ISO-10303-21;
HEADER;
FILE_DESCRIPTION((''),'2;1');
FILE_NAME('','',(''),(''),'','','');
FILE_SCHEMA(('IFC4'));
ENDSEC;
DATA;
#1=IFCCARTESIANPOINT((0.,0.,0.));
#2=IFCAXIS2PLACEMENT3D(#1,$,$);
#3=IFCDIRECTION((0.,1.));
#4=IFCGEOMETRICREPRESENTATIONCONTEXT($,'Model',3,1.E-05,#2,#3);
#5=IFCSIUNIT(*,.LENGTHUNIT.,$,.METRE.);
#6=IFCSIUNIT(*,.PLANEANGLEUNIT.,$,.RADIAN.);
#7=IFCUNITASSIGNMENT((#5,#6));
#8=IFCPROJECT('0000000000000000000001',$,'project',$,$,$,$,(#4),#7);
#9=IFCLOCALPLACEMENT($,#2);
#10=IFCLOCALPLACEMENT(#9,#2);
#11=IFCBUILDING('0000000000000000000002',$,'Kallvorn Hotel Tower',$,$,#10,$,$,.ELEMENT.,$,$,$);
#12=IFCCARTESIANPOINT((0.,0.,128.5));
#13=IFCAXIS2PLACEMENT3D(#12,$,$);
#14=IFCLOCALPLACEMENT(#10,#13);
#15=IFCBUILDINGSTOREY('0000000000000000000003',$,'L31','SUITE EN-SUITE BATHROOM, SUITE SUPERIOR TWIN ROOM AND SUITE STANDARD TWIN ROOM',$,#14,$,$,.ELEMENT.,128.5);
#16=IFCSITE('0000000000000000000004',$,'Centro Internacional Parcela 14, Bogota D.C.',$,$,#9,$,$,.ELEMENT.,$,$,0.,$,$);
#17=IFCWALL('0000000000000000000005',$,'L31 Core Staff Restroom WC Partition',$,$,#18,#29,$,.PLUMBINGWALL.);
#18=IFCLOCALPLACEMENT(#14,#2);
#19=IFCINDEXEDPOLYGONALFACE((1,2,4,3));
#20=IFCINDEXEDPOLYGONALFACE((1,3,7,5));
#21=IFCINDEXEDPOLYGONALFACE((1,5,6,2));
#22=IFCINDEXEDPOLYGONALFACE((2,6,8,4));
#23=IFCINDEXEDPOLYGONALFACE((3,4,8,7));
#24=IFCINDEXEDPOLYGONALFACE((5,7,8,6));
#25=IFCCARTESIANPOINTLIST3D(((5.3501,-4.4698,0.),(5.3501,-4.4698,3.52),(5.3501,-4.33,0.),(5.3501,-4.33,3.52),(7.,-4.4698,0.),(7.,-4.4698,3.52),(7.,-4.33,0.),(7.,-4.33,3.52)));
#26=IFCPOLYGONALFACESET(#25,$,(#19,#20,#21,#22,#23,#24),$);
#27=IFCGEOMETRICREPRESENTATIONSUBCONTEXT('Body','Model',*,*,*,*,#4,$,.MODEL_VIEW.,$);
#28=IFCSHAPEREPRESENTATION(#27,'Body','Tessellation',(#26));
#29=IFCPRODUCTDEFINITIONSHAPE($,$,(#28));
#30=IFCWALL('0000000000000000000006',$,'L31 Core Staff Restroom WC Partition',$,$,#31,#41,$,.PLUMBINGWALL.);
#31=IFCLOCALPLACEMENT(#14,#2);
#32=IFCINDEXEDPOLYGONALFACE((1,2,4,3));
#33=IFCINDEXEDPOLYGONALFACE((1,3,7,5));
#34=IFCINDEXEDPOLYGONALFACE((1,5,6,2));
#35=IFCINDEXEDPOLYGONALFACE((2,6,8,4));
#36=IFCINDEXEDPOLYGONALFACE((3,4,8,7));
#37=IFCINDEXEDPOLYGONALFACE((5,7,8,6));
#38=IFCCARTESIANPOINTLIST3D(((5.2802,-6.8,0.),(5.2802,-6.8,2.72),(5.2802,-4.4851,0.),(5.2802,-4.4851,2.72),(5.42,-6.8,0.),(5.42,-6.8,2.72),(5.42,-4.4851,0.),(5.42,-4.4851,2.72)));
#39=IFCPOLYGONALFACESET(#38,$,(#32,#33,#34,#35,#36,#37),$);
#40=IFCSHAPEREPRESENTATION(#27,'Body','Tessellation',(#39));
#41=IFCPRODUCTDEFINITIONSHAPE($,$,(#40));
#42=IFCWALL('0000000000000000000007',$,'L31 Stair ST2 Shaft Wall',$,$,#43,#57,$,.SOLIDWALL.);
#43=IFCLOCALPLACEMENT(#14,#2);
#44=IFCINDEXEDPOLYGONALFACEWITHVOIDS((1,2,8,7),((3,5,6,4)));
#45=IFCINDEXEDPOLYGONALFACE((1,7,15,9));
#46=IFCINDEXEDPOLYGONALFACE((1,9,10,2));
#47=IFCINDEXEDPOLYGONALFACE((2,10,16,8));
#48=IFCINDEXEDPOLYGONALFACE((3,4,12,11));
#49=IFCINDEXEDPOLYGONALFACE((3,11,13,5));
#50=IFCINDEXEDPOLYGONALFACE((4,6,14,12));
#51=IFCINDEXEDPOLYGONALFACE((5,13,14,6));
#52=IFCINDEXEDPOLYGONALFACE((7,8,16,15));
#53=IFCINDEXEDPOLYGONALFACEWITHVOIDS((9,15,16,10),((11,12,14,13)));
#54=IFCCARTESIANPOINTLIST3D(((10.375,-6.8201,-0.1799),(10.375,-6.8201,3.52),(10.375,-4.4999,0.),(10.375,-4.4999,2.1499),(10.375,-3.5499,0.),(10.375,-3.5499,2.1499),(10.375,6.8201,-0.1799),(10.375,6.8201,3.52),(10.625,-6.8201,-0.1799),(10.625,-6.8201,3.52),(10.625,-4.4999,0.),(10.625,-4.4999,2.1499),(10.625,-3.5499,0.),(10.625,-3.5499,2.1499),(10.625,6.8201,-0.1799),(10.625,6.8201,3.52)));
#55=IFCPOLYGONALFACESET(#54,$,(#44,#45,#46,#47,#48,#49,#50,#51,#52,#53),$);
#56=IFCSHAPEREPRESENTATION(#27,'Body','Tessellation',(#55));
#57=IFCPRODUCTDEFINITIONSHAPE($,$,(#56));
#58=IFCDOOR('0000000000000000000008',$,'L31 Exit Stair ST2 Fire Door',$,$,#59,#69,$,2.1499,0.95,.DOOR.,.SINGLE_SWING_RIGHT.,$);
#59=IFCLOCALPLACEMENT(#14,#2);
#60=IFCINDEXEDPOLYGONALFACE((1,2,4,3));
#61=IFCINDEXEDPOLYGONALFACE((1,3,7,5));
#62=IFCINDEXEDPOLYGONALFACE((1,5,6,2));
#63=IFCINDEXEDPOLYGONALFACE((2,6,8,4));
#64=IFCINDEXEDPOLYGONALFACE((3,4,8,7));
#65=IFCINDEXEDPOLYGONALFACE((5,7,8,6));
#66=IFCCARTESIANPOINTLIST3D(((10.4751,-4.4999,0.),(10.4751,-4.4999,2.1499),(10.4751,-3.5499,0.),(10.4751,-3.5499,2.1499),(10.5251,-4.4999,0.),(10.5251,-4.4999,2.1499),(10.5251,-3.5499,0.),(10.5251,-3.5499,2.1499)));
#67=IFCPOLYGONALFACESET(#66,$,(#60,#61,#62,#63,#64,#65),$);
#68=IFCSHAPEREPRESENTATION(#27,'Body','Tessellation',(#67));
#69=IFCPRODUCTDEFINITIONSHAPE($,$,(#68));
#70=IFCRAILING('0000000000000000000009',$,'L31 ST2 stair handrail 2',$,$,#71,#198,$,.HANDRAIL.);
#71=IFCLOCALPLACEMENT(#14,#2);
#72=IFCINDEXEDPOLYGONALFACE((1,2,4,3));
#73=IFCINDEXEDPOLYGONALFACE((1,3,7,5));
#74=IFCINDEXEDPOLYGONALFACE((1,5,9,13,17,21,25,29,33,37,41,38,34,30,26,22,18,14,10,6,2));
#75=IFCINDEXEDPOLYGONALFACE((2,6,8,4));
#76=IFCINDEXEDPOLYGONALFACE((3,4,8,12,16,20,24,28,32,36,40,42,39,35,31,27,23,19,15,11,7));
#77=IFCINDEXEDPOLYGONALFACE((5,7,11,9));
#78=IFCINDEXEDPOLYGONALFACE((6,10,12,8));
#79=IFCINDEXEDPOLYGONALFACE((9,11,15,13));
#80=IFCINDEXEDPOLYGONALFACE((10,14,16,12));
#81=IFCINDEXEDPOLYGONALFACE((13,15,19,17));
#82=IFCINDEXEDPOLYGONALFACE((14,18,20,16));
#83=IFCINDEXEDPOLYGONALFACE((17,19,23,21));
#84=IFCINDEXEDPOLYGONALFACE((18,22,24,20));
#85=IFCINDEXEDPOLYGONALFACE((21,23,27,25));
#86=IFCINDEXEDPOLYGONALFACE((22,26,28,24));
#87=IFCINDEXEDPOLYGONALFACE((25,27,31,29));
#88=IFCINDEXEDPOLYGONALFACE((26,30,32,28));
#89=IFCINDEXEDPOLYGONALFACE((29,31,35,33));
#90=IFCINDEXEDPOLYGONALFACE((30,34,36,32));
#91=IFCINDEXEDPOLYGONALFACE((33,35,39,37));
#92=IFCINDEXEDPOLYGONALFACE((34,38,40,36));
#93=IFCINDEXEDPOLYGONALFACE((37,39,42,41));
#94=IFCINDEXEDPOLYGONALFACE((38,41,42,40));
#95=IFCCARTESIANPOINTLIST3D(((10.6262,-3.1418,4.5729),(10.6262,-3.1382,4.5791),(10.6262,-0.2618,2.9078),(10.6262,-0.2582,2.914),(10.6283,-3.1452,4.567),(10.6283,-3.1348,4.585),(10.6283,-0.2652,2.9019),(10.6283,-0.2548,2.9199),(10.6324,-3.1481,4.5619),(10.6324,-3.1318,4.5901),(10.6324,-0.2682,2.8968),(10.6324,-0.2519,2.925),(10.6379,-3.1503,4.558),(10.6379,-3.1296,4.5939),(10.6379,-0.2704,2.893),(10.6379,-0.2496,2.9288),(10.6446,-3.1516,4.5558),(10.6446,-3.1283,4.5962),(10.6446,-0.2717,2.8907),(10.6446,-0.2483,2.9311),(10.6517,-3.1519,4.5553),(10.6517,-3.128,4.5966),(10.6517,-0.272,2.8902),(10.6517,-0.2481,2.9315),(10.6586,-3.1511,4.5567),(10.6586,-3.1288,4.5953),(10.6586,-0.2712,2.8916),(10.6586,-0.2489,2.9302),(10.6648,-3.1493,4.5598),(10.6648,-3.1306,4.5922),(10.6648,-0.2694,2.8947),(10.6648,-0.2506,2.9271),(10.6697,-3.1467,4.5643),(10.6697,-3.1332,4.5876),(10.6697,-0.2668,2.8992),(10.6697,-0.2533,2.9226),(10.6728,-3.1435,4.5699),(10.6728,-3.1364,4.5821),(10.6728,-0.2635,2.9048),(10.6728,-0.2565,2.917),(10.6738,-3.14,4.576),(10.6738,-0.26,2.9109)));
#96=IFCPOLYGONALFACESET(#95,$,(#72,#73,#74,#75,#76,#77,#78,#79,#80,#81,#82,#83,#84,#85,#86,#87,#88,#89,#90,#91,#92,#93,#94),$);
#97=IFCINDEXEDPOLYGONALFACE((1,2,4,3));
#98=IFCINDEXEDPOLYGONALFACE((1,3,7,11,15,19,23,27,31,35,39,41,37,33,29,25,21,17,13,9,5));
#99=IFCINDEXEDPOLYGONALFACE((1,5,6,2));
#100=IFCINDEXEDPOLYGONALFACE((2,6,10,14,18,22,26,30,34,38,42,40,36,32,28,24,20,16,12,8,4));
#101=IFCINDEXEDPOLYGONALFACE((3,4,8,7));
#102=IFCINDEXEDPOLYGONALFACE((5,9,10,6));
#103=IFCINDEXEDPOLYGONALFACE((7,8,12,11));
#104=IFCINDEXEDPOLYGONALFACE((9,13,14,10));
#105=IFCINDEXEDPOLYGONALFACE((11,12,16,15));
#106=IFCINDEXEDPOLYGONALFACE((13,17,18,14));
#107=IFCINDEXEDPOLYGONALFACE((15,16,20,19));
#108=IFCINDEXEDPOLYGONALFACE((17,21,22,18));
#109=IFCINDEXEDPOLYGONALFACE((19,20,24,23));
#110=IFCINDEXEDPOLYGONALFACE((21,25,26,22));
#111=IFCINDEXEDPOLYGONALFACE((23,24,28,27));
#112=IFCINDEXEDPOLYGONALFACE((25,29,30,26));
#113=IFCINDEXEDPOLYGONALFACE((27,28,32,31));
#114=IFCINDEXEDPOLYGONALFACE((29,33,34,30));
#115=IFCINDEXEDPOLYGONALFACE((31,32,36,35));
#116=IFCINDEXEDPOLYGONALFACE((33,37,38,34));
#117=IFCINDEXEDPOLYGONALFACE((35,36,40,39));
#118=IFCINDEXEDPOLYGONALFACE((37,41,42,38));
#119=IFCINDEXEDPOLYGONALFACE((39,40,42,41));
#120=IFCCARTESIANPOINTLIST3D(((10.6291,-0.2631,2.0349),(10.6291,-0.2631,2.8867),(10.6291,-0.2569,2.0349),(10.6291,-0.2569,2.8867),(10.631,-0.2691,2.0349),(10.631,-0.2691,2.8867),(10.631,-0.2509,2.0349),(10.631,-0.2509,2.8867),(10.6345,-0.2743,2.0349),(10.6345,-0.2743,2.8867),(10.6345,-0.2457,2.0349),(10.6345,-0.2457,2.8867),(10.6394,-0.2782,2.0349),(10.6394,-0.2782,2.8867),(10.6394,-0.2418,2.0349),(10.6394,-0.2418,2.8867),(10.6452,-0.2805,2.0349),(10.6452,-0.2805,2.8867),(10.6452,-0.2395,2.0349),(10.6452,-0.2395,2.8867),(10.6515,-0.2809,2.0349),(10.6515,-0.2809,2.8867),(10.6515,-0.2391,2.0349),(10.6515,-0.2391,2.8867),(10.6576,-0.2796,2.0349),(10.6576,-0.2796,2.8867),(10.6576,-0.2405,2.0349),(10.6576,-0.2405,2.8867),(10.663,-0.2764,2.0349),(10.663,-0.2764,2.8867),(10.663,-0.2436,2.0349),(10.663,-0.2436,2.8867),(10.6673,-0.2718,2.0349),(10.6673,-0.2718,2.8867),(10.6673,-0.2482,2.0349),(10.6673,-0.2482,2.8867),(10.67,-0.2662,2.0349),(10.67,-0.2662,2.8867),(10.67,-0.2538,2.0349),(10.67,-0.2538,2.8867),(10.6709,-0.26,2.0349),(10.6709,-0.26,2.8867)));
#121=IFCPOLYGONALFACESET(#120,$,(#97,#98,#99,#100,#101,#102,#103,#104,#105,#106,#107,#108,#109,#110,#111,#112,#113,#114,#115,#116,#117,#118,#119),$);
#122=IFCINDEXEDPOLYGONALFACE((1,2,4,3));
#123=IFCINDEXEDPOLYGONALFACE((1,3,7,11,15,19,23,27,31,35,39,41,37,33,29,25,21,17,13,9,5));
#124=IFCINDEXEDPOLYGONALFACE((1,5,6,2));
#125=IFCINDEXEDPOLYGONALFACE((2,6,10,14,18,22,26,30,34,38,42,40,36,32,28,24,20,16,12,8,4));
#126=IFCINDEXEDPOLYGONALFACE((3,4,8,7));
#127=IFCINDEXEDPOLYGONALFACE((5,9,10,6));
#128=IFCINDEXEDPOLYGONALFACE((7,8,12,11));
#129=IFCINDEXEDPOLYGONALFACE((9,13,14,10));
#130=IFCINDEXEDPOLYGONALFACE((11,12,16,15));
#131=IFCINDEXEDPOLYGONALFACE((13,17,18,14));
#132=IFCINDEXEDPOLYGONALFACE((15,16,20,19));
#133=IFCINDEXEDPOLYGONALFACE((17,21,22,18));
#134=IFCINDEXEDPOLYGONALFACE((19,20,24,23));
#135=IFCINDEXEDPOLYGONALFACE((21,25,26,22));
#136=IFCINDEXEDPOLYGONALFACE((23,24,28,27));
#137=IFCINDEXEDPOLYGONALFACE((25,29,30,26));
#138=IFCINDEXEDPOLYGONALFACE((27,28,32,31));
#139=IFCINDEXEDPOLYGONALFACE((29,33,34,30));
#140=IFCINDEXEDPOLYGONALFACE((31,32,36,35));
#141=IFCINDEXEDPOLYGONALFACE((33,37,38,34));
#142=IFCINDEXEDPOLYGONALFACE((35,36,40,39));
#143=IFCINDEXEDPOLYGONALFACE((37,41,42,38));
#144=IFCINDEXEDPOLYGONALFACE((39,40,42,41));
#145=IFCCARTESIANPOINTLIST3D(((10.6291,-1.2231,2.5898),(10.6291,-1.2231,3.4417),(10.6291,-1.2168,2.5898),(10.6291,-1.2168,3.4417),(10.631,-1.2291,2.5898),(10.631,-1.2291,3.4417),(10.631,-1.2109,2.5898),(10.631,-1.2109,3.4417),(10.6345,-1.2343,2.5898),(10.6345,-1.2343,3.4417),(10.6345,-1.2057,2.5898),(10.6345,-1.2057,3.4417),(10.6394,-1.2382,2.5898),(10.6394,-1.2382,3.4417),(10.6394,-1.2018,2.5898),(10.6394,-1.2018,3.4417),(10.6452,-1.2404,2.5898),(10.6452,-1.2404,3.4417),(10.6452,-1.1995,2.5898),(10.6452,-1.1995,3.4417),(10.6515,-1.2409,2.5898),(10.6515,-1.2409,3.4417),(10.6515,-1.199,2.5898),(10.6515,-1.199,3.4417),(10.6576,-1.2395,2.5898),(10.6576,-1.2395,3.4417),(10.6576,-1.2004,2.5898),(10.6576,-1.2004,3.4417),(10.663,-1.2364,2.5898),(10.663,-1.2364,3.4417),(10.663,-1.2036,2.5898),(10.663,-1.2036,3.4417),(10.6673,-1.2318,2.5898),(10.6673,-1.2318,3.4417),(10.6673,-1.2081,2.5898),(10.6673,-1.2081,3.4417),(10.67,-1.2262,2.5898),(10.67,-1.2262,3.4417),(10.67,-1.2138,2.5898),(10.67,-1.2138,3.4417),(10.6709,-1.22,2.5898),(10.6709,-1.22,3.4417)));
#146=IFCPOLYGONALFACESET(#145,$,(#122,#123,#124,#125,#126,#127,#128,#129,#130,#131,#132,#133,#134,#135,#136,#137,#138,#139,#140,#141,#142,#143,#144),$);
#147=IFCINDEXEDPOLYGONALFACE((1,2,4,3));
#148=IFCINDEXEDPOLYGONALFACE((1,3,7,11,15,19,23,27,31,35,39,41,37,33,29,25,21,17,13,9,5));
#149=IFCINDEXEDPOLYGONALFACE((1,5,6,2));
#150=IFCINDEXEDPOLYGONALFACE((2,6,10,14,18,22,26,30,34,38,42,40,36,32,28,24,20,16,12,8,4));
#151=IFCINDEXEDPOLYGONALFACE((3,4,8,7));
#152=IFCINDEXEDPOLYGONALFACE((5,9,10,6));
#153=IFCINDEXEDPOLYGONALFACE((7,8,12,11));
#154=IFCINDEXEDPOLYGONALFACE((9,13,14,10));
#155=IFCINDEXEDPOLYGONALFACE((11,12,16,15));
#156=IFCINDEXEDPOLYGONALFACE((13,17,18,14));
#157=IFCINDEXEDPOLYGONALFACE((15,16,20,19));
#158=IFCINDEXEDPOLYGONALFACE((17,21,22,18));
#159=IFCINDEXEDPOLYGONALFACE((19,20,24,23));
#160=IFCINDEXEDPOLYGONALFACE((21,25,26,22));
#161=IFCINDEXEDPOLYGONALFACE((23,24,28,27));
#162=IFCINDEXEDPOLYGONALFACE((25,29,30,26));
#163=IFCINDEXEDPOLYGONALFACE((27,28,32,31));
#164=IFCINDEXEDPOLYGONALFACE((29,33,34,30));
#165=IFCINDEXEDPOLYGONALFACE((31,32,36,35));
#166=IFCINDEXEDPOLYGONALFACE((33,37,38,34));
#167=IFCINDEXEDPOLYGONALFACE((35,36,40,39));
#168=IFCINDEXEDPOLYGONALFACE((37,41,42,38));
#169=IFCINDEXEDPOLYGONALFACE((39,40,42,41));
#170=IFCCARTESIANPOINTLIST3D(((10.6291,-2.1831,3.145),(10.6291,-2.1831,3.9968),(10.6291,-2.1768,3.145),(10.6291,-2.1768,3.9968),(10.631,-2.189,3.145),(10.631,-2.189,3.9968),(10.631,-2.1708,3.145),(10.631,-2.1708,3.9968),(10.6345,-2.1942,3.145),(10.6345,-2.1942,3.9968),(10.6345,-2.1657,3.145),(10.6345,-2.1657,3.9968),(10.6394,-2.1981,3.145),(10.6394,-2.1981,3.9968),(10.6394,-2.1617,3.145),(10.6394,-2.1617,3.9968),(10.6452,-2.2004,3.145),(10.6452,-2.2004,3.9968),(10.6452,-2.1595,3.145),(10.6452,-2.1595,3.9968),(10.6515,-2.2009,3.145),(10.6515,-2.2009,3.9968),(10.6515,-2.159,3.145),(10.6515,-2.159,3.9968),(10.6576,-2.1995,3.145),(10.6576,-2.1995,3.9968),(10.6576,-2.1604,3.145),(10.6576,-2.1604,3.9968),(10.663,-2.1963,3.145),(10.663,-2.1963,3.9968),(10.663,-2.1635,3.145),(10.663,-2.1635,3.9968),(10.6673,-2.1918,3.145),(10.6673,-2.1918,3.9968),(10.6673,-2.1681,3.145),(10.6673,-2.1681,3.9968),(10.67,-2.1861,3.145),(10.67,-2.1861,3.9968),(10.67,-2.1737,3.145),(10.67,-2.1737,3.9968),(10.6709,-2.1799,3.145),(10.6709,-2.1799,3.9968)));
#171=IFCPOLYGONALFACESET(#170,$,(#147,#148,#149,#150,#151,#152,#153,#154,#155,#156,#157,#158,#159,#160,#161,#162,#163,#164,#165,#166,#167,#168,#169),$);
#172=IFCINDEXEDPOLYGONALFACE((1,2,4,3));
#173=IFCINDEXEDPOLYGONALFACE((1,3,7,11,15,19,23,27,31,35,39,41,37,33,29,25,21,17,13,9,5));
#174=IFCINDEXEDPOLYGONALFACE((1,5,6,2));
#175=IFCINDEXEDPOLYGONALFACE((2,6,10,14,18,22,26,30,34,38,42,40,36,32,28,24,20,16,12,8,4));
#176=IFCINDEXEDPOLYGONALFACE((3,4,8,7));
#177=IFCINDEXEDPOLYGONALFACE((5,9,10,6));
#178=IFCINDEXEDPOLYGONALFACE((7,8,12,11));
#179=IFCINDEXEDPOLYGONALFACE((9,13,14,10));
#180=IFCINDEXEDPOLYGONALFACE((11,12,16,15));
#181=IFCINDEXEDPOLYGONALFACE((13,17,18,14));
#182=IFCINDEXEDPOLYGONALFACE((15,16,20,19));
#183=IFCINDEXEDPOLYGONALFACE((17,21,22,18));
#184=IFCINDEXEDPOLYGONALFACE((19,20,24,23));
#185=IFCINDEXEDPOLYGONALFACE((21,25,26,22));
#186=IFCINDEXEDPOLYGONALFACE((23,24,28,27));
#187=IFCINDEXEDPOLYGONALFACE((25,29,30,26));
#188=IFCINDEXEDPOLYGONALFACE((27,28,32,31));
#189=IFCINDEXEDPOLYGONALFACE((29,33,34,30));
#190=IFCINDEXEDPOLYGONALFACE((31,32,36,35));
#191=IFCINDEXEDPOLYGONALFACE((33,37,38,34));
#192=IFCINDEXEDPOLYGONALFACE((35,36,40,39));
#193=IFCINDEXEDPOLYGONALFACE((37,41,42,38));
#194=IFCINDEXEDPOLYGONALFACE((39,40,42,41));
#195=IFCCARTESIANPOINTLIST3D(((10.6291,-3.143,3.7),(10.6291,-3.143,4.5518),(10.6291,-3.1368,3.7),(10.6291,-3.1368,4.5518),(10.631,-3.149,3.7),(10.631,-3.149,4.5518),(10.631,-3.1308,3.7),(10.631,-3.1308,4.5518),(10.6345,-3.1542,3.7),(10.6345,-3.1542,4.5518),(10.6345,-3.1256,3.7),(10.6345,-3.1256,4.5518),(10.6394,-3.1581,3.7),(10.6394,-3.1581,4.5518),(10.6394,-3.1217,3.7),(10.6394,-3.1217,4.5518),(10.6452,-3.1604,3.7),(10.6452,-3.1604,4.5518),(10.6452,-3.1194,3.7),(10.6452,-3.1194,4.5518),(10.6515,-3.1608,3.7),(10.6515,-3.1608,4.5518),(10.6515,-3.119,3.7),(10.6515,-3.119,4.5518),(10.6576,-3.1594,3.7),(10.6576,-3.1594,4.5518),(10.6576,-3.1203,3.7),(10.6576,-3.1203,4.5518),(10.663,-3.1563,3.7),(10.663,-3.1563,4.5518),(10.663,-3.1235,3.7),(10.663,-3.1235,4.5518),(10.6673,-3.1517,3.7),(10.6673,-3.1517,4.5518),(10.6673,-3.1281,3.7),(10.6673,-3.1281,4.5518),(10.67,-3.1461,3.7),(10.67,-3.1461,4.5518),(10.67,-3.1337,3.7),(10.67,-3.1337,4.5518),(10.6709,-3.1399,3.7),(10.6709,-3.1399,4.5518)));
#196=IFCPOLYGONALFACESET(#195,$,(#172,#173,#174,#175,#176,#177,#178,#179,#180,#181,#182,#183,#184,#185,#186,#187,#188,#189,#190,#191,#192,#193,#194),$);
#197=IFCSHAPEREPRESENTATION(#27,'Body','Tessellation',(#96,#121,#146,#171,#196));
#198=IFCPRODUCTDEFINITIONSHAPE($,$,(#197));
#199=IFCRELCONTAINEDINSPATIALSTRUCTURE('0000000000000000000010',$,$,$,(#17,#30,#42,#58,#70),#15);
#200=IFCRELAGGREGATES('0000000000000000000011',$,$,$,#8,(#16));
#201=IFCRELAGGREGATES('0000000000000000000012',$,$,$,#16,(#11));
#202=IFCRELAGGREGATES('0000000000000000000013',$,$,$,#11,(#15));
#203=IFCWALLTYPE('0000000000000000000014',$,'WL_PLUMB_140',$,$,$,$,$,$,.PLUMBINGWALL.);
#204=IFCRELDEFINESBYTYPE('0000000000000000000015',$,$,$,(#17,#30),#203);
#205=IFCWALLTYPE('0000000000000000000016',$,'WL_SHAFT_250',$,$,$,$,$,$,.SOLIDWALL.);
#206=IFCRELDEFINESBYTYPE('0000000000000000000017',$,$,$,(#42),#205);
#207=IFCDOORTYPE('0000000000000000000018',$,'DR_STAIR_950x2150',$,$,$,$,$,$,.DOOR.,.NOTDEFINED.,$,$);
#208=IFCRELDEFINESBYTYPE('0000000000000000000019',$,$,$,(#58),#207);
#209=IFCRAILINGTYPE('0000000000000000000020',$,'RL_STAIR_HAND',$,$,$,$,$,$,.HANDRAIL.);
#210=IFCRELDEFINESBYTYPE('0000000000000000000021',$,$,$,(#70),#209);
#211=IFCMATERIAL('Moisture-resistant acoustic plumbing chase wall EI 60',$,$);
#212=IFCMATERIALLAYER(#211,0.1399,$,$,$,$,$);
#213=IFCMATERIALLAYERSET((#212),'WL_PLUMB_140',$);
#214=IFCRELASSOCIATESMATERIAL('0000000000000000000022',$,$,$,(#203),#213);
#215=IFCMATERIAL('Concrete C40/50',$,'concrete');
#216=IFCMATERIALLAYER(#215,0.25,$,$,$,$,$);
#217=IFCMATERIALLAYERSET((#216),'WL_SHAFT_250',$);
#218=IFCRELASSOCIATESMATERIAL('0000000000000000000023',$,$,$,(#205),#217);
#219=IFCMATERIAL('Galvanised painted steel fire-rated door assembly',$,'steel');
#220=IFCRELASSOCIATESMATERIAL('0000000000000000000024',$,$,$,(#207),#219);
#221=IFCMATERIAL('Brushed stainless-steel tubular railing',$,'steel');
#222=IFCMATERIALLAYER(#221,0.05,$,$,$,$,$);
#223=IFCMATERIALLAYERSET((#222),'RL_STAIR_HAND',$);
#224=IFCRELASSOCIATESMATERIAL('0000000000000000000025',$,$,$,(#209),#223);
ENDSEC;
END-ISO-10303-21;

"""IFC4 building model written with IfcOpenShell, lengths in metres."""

from ifc_helpers import new_model, si_unit, direction, frame, frame_2d, origin, origin_2d, place, context, subcontext, project, spatial, rectangle, circle, extrude, material, layer, layer_set, type_object, element, fill, save


model = new_model("IFC4")

# Units and contexts
model_context = context("Model", 3, precision=1e-05, world=origin(), true_north=direction((0.0, 1.0)))
body_context = subcontext(model_context, "Body", "Model", "MODEL_VIEW")
ifc_project = project(units=[si_unit("LENGTHUNIT", "METRE"), si_unit("PLANEANGLEUNIT", "RADIAN")], contexts=[model_context])

# Site, building, storey
site_placement = place(None, origin())
site = spatial("IfcSite", under=ifc_project, at=site_placement, Name="Centro Internacional Parcela 14, Bogota D.C.", CompositionType="ELEMENT", RefElevation=0.0)
building_placement = place(site_placement, origin())
building = spatial("IfcBuilding", under=site, at=building_placement, Name="Kallvorn Hotel Tower", CompositionType="ELEMENT")
storey_placement = place(building_placement, frame((0.0, 0.0, 128.5)))
storey = spatial("IfcBuildingStorey", under=building, at=storey_placement, Name="L31", Description="SUITE EN-SUITE BATHROOM, SUITE SUPERIOR TWIN ROOM AND SUITE STANDARD TWIN ROOM", CompositionType="ELEMENT", Elevation=128.5)

# Walls
ifc_material_1 = material(Name="Moisture-resistant acoustic plumbing chase wall EI 60")
ifc_layer_1 = layer(ifc_material_1, 0.1399)
ifc_layer_set_1 = layer_set([ifc_layer_1], Name="WL_PLUMB_140")
wall_type_1 = type_object("IfcWallType", Name="WL_PLUMB_140", PredefinedType="PLUMBINGWALL", material=ifc_layer_set_1)
wall_1_placement = place(storey_placement, frame((5.3501, -4.3999, 0.0), z_axis=(0.0, 0.0, 1.0), x_axis=(1.0, 0.0, 0.0)))
element("IfcWall", 1, at=wall_1_placement, inside=storey, type_object=wall_type_1, Name="L31 Core Staff Restroom WC Partition", PredefinedType="PLUMBINGWALL", context=body_context, shape_type="SweptSolid", body=[
    extrude(rectangle(XDim=1.6499, YDim=0.1399, at=frame_2d((0.825, 0.0))), origin(), (0.0, 0.0, 1.0), 3.52),
])
wall_2_placement = place(storey_placement, frame((5.3501, -6.8, 0.0), z_axis=(0.0, 0.0, 1.0), x_axis=(0.0, 1.0, 0.0)))
element("IfcWall", 2, at=wall_2_placement, inside=storey, type_object=wall_type_1, Name="L31 Core Staff Restroom WC Partition", PredefinedType="PLUMBINGWALL", context=body_context, shape_type="SweptSolid", body=[
    extrude(rectangle(XDim=2.3149, YDim=0.1399, at=frame_2d((1.1575, 0.0))), origin(), (0.0, 0.0, 1.0), 2.72),
])

# Wall, opening, door
ifc_material_2 = material(Name="Concrete C40/50", Category="concrete")
ifc_layer_2 = layer(ifc_material_2, 0.25)
ifc_layer_set_2 = layer_set([ifc_layer_2], Name="WL_SHAFT_250")
wall_type_2 = type_object("IfcWallType", Name="WL_SHAFT_250", PredefinedType="SOLIDWALL", material=ifc_layer_set_2)
wall_3_placement = place(storey_placement, frame((10.5, -6.8201, -0.1799), z_axis=(0.0, 0.0, 1.0), x_axis=(0.0, 1.0, 0.0)))
wall_3 = element("IfcWall", 3, at=wall_3_placement, inside=storey, type_object=wall_type_2, Name="L31 Stair ST2 Shaft Wall", PredefinedType="SOLIDWALL", context=body_context, shape_type="SweptSolid", body=[
    extrude(rectangle(XDim=13.6401, YDim=0.25, at=frame_2d((6.8201, 0.0))), origin(), (0.0, 0.0, 1.0), 3.7),
])
opening_1_placement = place(wall_3_placement, frame((2.3201, 0.0, 0.1799)))
opening_1 = element("IfcOpeningElement", 4, at=opening_1_placement, cuts=wall_3, PredefinedType="OPENING", context=body_context, shape_type="SweptSolid", body=[
    extrude(rectangle(XDim=0.95, YDim=2.1499, at=frame_2d((0.4751, 1.075))), frame((0.0, 0.1399, 0.0), z_axis=(0.0, -1.0, 0.0), x_axis=(1.0, 0.0, 0.0)), (0.0, 0.0, 1.0), 0.28),
])
ifc_material_3 = material(Name="Galvanised painted steel fire-rated door assembly", Category="steel")
door_type_1 = type_object("IfcDoorType", Name="DR_STAIR_950x2150", OperationType="NOTDEFINED", PredefinedType="DOOR", material=ifc_material_3)
door_1_placement = place(opening_1_placement, origin())
door_1 = element("IfcDoor", 5, at=door_1_placement, inside=storey, type_object=door_type_1, Name="L31 Exit Stair ST2 Fire Door", OperationType="SINGLE_SWING_RIGHT", OverallHeight=2.1499, OverallWidth=0.95, PredefinedType="DOOR", context=body_context, shape_type="SweptSolid", body=[
    extrude(rectangle(XDim=0.95, YDim=2.1499, at=frame_2d((0.4751, 1.075))), frame((0.0, 0.0249, 0.0), z_axis=(0.0, -1.0, 0.0), x_axis=(1.0, 0.0, 0.0)), (0.0, 0.0, 1.0), 0.05),
])
fill(opening_1, door_1)

# Railing
ifc_material_4 = material(Name="Brushed stainless-steel tubular railing", Category="steel")
ifc_layer_3 = layer(ifc_material_4, 0.05)
ifc_layer_set_3 = layer_set([ifc_layer_3], Name="RL_STAIR_HAND")
railing_type = type_object("IfcRailingType", Name="RL_STAIR_HAND", PredefinedType="HANDRAIL", material=ifc_layer_set_3)
railing_placement = place(storey_placement, frame((10.6499, -0.26, 2.0349)))
element("IfcRailing", 6, at=railing_placement, inside=storey, type_object=railing_type, Name="L31 ST2 stair handrail 2", PredefinedType="HANDRAIL", context=body_context, shape_type="SweptSolid", body=[
    extrude(circle(Radius=0.0239, at=origin_2d()), frame((0.0, 0.0, 0.876), z_axis=(0.0, -0.865721, 0.500527), x_axis=(1.0, 0.0, 0.0)), (0.0, 0.0, 1.0), 3.3267),
    extrude(circle(Radius=0.021, at=origin_2d()), origin(), (0.0, 0.0, 1.0), 0.8518),
    extrude(circle(Radius=0.021, at=origin_2d()), frame((0.0, -0.96, 0.5549)), (0.0, 0.0, 1.0), 0.8518),
    extrude(circle(Radius=0.021, at=origin_2d()), frame((0.0, -1.9199, 1.1101)), (0.0, 0.0, 1.0), 0.8518),
    extrude(circle(Radius=0.021, at=origin_2d()), frame((0.0, -2.8799, 1.665)), (0.0, 0.0, 1.0), 0.8518),
])

save(model, "model.ifc")
